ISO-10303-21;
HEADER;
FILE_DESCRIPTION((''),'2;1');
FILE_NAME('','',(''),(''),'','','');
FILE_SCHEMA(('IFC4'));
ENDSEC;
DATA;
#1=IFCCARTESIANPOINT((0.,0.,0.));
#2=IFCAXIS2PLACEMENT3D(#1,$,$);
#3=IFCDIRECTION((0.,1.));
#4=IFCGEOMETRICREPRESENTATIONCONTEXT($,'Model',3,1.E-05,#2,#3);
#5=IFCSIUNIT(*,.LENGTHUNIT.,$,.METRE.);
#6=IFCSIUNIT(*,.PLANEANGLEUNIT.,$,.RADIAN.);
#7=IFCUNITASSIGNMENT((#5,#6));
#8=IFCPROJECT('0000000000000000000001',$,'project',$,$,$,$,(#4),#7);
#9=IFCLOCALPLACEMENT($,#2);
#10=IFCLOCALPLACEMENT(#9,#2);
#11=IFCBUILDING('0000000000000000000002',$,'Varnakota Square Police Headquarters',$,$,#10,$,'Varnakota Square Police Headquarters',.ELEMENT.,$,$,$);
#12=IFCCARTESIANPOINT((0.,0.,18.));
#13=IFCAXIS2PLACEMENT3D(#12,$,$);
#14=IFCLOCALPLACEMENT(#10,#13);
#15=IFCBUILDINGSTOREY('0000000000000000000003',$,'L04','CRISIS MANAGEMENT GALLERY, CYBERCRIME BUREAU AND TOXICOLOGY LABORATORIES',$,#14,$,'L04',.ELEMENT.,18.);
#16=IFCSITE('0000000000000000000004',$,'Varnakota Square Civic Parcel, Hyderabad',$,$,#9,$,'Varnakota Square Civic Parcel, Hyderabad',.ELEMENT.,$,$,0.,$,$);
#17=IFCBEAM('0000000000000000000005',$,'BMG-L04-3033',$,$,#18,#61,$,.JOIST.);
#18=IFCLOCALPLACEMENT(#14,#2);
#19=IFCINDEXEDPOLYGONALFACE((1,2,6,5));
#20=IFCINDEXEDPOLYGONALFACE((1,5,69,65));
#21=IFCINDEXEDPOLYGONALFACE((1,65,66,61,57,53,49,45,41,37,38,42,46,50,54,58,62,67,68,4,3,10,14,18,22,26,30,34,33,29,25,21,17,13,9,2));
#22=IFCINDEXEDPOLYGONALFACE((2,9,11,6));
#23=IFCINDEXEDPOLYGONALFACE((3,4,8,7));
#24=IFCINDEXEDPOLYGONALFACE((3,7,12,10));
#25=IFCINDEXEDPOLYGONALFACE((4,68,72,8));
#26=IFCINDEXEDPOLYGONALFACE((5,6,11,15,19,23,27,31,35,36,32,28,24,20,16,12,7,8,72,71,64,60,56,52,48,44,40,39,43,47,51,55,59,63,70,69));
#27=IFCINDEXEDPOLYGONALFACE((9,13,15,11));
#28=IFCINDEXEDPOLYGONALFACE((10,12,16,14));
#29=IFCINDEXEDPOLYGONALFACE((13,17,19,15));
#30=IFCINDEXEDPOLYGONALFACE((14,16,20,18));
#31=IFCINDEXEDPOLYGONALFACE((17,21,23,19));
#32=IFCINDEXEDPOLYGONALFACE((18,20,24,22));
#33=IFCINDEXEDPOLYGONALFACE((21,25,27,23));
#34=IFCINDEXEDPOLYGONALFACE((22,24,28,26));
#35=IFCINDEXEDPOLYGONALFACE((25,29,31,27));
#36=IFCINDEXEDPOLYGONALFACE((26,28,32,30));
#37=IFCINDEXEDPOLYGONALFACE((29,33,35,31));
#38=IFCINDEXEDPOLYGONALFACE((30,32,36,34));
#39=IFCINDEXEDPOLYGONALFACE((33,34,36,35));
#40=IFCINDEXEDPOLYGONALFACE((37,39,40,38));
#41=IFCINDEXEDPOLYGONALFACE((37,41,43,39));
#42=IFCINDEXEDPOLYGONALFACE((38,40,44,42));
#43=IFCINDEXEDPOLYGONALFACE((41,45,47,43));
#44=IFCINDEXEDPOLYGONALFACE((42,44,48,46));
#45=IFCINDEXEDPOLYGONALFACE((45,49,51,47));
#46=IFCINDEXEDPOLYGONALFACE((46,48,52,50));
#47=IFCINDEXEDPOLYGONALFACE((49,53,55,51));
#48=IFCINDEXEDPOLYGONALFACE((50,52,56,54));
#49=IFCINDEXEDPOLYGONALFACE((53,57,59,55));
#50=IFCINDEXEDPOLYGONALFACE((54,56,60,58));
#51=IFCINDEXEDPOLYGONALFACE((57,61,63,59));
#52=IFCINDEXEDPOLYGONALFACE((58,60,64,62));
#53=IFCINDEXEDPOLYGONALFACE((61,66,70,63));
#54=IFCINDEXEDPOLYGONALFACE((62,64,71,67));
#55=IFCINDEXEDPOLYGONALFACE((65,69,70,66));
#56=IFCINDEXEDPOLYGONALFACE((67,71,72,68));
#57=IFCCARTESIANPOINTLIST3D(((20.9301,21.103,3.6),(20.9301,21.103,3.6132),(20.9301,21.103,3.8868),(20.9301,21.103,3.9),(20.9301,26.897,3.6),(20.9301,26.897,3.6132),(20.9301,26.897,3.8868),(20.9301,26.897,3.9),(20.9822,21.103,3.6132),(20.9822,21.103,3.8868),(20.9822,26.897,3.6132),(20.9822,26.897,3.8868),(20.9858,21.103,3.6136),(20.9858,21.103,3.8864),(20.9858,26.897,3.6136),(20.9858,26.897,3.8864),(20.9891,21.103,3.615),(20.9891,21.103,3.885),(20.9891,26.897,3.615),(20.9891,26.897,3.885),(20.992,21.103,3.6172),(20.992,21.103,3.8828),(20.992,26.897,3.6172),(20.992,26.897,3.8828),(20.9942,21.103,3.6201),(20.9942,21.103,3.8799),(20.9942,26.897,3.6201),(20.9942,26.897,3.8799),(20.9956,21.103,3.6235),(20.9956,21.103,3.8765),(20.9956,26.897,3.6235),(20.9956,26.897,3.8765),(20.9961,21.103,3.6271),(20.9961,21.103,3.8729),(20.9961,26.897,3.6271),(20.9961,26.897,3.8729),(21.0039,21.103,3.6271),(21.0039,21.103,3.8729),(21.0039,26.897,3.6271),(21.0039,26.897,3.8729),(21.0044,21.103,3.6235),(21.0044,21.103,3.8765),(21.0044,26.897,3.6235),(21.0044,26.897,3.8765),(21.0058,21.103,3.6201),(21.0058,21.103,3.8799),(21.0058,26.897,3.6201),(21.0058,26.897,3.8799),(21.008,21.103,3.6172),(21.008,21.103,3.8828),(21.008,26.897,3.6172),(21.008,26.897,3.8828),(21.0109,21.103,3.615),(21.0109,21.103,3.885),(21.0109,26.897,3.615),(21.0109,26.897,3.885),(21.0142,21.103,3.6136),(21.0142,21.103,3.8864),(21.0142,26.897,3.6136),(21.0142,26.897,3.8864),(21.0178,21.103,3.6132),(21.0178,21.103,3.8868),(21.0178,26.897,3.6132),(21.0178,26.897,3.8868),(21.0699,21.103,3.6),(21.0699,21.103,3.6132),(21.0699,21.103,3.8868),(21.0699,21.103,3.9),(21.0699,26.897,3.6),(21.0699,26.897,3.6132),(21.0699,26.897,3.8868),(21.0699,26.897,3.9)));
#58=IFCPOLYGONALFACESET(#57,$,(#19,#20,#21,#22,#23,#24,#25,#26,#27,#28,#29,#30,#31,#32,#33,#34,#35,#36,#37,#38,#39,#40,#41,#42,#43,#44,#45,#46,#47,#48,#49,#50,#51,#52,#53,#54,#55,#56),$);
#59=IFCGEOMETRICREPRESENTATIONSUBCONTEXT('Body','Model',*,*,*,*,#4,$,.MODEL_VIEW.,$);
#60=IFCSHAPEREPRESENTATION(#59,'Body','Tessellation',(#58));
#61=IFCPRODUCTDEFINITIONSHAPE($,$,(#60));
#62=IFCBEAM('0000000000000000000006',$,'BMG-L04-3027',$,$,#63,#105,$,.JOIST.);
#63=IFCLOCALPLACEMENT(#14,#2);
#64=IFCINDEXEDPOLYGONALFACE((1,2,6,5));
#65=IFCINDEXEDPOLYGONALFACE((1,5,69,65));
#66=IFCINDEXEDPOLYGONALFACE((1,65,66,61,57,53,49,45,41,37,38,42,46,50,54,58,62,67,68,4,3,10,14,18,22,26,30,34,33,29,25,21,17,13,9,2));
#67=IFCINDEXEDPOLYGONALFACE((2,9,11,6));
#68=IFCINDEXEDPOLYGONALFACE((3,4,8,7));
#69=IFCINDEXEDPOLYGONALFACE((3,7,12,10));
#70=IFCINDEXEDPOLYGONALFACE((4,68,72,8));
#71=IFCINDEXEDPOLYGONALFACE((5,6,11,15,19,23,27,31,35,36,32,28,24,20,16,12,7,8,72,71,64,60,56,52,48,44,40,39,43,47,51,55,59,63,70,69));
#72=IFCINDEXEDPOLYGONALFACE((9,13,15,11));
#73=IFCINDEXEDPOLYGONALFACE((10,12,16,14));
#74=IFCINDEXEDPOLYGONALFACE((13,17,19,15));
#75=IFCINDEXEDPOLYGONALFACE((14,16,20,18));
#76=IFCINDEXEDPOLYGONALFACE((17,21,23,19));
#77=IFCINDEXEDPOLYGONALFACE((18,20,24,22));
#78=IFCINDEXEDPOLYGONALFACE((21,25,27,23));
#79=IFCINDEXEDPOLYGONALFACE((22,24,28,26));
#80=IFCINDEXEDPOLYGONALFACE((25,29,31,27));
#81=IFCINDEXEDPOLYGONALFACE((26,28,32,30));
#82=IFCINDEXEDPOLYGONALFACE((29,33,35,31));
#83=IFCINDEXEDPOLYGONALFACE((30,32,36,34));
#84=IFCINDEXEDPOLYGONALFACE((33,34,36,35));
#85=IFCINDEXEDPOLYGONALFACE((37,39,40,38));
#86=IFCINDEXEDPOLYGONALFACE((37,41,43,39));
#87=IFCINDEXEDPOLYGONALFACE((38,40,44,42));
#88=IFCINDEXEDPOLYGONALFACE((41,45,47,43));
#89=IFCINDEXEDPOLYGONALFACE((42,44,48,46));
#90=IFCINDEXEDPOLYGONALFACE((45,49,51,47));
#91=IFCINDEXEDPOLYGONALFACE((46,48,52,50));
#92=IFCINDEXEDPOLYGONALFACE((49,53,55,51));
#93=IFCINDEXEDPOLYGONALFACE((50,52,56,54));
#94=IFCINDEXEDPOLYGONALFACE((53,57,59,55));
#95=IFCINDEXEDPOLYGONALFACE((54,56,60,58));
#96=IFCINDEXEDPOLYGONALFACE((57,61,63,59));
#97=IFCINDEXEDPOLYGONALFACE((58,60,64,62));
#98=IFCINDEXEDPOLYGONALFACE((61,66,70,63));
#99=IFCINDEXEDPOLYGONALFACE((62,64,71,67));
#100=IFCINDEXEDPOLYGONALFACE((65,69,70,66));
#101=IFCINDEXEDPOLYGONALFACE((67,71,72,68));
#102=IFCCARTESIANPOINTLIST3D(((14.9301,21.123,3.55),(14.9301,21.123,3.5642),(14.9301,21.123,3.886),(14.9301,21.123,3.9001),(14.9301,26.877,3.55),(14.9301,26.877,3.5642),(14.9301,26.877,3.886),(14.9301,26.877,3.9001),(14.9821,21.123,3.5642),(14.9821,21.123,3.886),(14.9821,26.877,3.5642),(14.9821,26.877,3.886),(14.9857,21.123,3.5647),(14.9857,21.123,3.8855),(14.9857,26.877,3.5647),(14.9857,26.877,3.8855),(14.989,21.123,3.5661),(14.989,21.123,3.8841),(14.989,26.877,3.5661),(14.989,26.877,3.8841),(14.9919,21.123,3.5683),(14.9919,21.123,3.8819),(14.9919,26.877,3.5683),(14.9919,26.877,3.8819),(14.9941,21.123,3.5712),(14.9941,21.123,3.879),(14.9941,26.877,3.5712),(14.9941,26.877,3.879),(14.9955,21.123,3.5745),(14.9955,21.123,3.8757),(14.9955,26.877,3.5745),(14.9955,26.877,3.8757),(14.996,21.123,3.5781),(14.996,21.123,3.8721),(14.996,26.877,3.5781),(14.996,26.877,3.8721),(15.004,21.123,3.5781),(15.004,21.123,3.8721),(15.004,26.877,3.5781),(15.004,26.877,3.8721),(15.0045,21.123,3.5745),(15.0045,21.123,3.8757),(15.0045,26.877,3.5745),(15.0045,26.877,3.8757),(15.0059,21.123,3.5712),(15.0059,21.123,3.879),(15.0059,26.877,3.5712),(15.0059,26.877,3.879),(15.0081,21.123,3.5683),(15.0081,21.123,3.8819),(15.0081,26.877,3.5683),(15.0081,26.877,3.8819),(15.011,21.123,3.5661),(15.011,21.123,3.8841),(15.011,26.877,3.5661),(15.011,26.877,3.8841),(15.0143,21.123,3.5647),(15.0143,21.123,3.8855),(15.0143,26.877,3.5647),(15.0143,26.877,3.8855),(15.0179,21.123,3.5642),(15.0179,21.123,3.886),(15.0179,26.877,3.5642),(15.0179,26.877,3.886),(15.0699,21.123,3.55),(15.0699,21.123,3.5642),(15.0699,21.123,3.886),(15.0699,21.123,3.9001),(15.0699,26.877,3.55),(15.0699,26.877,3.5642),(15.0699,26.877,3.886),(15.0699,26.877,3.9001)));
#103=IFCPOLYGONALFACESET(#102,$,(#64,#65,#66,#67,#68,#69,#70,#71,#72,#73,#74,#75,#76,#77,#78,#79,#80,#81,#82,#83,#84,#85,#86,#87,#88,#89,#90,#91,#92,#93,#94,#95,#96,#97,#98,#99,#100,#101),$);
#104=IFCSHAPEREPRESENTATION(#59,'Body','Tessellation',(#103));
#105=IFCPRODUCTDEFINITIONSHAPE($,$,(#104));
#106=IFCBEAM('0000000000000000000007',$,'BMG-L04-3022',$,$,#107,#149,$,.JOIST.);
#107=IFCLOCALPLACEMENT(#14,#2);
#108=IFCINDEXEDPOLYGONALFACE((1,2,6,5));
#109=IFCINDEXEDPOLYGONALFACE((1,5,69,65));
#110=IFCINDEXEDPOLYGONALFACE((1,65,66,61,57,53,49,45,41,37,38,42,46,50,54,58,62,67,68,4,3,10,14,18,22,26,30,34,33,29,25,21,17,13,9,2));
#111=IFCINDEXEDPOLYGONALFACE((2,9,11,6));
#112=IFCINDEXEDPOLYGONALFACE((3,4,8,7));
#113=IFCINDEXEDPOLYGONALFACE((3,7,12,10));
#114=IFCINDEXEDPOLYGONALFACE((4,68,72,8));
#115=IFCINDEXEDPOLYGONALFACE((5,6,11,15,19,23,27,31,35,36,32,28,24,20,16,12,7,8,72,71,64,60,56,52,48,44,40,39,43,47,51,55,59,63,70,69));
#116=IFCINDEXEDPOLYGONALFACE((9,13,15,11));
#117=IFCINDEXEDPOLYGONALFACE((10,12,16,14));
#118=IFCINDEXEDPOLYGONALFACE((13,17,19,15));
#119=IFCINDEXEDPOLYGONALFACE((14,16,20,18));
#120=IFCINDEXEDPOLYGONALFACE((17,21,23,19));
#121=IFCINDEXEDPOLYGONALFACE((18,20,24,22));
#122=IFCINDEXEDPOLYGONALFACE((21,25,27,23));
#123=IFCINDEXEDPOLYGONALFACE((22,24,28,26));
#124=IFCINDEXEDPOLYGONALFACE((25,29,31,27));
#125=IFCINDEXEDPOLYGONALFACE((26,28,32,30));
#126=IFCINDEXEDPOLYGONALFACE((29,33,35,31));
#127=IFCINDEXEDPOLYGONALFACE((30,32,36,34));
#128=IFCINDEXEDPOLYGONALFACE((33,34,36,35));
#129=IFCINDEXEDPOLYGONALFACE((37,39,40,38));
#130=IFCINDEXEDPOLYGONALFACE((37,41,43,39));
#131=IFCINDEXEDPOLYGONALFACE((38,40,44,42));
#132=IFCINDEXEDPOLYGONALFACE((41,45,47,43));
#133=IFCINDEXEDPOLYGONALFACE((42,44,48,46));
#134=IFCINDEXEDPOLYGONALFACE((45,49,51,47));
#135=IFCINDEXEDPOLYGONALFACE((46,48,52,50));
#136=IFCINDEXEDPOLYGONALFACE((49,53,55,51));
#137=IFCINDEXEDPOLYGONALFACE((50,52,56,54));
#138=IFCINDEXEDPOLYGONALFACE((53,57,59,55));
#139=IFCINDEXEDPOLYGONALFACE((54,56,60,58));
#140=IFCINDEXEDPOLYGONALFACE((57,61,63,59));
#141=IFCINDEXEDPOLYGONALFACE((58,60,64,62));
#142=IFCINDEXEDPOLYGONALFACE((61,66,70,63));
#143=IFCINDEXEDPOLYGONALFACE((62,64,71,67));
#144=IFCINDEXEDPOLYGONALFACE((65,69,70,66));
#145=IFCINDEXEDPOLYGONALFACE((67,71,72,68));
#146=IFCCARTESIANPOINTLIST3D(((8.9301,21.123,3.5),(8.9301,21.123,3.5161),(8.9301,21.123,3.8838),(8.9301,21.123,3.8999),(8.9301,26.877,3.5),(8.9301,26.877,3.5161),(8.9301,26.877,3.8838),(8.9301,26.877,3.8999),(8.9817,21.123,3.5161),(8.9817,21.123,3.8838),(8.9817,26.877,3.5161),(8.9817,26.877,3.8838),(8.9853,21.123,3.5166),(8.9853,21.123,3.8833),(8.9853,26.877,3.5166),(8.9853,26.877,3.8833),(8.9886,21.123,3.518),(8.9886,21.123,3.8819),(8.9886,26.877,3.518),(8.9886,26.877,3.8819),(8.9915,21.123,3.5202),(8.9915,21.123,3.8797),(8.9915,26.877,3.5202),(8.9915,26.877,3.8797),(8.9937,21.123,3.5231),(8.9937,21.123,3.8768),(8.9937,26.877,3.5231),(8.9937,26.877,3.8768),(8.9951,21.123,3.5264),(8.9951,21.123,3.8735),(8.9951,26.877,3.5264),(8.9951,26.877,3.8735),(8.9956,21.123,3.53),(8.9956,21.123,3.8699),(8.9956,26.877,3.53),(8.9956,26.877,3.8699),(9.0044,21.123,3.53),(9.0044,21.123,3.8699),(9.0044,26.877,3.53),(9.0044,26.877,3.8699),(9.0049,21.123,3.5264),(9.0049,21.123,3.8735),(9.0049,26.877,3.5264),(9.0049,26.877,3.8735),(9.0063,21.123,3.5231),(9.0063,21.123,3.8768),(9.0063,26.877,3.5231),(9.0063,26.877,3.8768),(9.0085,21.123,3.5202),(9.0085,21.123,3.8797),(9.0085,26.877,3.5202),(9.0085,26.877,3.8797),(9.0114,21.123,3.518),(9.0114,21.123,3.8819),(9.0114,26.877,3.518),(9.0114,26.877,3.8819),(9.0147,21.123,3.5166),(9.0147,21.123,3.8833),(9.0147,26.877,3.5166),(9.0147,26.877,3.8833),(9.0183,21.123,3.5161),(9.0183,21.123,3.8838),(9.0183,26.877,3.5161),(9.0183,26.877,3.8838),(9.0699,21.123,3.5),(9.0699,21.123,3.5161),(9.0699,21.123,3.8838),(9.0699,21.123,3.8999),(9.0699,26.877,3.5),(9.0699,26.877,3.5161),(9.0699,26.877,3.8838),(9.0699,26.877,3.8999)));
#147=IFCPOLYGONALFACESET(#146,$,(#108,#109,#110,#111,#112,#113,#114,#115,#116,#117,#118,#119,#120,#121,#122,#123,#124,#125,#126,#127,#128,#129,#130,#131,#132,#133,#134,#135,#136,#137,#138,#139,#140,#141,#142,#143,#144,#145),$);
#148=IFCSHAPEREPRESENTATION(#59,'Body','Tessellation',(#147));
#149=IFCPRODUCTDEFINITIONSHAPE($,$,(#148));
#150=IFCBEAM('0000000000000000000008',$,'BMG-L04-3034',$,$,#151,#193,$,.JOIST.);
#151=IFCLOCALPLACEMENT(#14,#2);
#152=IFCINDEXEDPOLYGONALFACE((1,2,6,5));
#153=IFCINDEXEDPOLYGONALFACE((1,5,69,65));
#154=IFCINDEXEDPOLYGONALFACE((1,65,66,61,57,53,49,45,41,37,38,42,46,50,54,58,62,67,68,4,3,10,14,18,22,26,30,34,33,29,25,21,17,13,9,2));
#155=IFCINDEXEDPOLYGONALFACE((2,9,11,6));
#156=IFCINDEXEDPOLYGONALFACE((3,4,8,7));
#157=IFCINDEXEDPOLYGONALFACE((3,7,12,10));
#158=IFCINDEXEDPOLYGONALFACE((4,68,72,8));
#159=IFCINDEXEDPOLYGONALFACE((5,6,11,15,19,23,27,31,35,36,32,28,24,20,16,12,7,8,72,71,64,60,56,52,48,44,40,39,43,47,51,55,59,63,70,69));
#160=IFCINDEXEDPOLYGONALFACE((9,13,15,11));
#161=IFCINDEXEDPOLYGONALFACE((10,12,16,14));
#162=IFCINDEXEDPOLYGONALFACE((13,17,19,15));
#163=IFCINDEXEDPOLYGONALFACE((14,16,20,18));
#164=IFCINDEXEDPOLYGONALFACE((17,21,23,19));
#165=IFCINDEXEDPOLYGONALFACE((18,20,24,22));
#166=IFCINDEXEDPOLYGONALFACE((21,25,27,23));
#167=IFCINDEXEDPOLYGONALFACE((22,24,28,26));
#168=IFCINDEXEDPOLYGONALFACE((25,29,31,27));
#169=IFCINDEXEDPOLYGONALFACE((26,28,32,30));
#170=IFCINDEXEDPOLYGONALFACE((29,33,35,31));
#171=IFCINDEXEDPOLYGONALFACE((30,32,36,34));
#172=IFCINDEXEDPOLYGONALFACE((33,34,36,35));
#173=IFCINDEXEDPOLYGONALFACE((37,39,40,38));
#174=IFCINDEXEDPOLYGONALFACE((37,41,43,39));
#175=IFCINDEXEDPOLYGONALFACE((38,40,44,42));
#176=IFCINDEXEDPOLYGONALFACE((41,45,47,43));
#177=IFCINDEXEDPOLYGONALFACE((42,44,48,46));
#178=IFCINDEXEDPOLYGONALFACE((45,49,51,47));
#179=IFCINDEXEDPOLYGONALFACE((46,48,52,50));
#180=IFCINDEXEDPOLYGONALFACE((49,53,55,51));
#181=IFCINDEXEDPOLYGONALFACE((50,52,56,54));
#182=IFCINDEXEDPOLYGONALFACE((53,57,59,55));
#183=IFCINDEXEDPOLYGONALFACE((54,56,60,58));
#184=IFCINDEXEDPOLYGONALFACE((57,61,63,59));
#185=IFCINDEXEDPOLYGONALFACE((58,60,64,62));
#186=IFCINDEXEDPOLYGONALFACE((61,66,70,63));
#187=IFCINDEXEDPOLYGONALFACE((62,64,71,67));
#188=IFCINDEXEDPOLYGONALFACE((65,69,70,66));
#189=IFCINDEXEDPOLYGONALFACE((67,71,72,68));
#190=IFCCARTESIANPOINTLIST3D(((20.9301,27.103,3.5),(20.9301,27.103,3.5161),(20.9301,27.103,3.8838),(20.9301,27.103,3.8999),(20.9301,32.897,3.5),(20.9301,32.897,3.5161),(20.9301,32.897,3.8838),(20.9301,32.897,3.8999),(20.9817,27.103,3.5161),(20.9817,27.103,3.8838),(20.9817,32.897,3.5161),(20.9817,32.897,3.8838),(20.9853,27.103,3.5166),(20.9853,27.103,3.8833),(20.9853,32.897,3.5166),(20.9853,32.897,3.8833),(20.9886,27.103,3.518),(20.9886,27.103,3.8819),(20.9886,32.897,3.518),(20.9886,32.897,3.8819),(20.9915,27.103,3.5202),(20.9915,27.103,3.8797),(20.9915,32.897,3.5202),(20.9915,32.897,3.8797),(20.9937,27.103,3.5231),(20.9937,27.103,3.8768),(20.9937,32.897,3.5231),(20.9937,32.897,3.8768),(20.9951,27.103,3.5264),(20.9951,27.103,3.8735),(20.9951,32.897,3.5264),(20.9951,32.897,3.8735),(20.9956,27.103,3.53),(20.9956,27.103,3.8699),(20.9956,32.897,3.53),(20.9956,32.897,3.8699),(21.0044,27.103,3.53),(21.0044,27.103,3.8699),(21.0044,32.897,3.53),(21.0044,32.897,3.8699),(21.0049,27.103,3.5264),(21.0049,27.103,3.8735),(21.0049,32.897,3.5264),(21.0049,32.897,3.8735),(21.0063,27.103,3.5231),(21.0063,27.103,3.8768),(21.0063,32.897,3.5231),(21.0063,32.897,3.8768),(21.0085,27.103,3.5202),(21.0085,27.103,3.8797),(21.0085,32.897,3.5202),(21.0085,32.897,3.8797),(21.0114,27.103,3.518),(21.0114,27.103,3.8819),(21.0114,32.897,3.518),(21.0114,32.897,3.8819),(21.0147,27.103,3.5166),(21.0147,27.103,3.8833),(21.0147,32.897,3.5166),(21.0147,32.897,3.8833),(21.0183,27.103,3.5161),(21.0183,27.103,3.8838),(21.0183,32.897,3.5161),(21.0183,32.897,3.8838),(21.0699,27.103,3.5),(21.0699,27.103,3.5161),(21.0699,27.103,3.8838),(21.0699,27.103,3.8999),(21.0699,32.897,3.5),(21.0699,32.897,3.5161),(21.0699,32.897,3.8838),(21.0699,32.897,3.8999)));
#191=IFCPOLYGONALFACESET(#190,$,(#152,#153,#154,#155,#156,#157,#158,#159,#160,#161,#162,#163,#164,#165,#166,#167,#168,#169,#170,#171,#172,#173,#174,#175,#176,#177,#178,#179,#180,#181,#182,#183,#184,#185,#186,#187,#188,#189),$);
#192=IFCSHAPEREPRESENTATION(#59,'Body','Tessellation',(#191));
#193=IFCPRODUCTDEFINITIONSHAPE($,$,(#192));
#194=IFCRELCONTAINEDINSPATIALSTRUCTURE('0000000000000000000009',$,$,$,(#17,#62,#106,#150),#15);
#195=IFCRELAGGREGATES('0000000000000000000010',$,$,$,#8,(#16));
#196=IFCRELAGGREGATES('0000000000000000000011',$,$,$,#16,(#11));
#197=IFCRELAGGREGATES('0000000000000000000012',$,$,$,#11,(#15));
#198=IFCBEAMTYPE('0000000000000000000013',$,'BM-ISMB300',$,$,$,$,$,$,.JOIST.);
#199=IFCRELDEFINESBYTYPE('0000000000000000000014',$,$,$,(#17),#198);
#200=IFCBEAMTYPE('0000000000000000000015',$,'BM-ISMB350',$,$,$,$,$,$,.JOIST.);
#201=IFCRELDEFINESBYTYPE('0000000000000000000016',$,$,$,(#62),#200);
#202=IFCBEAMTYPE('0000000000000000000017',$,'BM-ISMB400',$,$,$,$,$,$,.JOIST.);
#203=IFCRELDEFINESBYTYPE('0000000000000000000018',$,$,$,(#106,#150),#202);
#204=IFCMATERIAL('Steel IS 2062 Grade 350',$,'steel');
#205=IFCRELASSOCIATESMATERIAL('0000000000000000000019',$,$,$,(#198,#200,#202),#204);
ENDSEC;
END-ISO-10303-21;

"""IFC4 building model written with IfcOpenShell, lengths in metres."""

from ifc_helpers import new_model, si_unit, direction, frame, origin, origin_2d, place, context, subcontext, project, spatial, i_section, extrude, material, material_profile, profile_set, type_object, element, save


model = new_model("IFC4")

# Units and contexts
model_context = context("Model", 3, precision=1e-05, world=origin(), true_north=direction((0.0, 1.0)))
body_context = subcontext(model_context, "Body", "Model", "MODEL_VIEW")
ifc_project = project(units=[si_unit("LENGTHUNIT", "METRE"), si_unit("PLANEANGLEUNIT", "RADIAN")], contexts=[model_context])

# Site, building, storey
site_placement = place(None, origin())
site = spatial("IfcSite", under=ifc_project, at=site_placement, Name="Varnakota Square Civic Parcel, Hyderabad", LongName="Varnakota Square Civic Parcel, Hyderabad", CompositionType="ELEMENT", RefElevation=0.0)
building_placement = place(site_placement, origin())
building = spatial("IfcBuilding", under=site, at=building_placement, Name="Varnakota Square Police Headquarters", LongName="Varnakota Square Police Headquarters", CompositionType="ELEMENT")
storey_placement = place(building_placement, frame((0.0, 0.0, 18.0)))
storey = spatial("IfcBuildingStorey", under=building, at=storey_placement, Name="L04", Description="CRISIS MANAGEMENT GALLERY, CYBERCRIME BUREAU AND TOXICOLOGY LABORATORIES", LongName="L04", CompositionType="ELEMENT", Elevation=18.0)

# Shared definitions
ifc_material_1 = material(Name="Steel IS 2062 Grade 350", Category="steel")

# Beams
ifc_material_profile_1 = material_profile(ifc_material_1, i_section(OverallWidth=0.1399, OverallDepth=0.3, WebThickness=0.0078, FlangeThickness=0.0132, FilletRadius=0.0139, at=origin_2d()), Name="ISMB 300")
ifc_profile_set_1 = profile_set([ifc_material_profile_1], Name="Steel IS 2062 Grade 350")
beam_type_1 = type_object("IfcBeamType", Name="BM-ISMB300", PredefinedType="JOIST", material=ifc_profile_set_1)
beam_1_placement = place(storey_placement, frame((21.0, 21.103, 3.75), z_axis=(0.0, 1.0, 0.0), x_axis=(-1.0, 0.0, 0.0)))
element("IfcBeam", 1, at=beam_1_placement, inside=storey, type_object=beam_type_1, Name="BMG-L04-3033", PredefinedType="JOIST", context=body_context, shape_type="SweptSolid", body=[
    extrude(i_section(OverallWidth=0.1399, OverallDepth=0.3, WebThickness=0.0078, FlangeThickness=0.0132, FilletRadius=0.0139, at=origin_2d()), origin(), (0.0, 0.0, 1.0), 5.7939),
])
ifc_material_profile_2 = material_profile(ifc_material_1, i_section(OverallWidth=0.1399, OverallDepth=0.3501, WebThickness=0.0081, FlangeThickness=0.0142, FilletRadius=0.0139, at=origin_2d()), Name="ISMB 350")
ifc_profile_set_2 = profile_set([ifc_material_profile_2], Name="Steel IS 2062 Grade 350")
beam_type_2 = type_object("IfcBeamType", Name="BM-ISMB350", PredefinedType="JOIST", material=ifc_profile_set_2)
beam_2_placement = place(storey_placement, frame((15.0, 21.123, 3.7251), z_axis=(0.0, 1.0, 0.0), x_axis=(-1.0, 0.0, 0.0)))
element("IfcBeam", 2, at=beam_2_placement, inside=storey, type_object=beam_type_2, Name="BMG-L04-3027", PredefinedType="JOIST", context=body_context, shape_type="SweptSolid", body=[
    extrude(i_section(OverallWidth=0.1399, OverallDepth=0.3501, WebThickness=0.0081, FlangeThickness=0.0142, FilletRadius=0.0139, at=origin_2d()), origin(), (0.0, 0.0, 1.0), 5.7539),
])
ifc_material_profile_3 = material_profile(ifc_material_1, i_section(OverallWidth=0.1399, OverallDepth=0.3999, WebThickness=0.0088, FlangeThickness=0.0161, FilletRadius=0.0139, at=origin_2d()), Name="ISMB 400")
ifc_profile_set_3 = profile_set([ifc_material_profile_3], Name="Steel IS 2062 Grade 350")
beam_type_3 = type_object("IfcBeamType", Name="BM-ISMB400", PredefinedType="JOIST", material=ifc_profile_set_3)
beam_3_placement = place(storey_placement, frame((9.0, 21.123, 3.7), z_axis=(0.0, 1.0, 0.0), x_axis=(-1.0, 0.0, 0.0)))
element("IfcBeam", 3, at=beam_3_placement, inside=storey, type_object=beam_type_3, Name="BMG-L04-3022", PredefinedType="JOIST", context=body_context, shape_type="SweptSolid", body=[
    extrude(i_section(OverallWidth=0.1399, OverallDepth=0.3999, WebThickness=0.0088, FlangeThickness=0.0161, FilletRadius=0.0139, at=origin_2d()), origin(), (0.0, 0.0, 1.0), 5.7539),
])
beam_4_placement = place(storey_placement, frame((21.0, 27.103, 3.7), z_axis=(0.0, 1.0, 0.0), x_axis=(-1.0, 0.0, 0.0)))
element("IfcBeam", 4, at=beam_4_placement, inside=storey, type_object=beam_type_3, Name="BMG-L04-3034", PredefinedType="JOIST", context=body_context, shape_type="SweptSolid", body=[
    extrude(i_section(OverallWidth=0.1399, OverallDepth=0.3999, WebThickness=0.0088, FlangeThickness=0.0161, FilletRadius=0.0139, at=origin_2d()), origin(), (0.0, 0.0, 1.0), 5.7939),
])

save(model, "model.ifc")
